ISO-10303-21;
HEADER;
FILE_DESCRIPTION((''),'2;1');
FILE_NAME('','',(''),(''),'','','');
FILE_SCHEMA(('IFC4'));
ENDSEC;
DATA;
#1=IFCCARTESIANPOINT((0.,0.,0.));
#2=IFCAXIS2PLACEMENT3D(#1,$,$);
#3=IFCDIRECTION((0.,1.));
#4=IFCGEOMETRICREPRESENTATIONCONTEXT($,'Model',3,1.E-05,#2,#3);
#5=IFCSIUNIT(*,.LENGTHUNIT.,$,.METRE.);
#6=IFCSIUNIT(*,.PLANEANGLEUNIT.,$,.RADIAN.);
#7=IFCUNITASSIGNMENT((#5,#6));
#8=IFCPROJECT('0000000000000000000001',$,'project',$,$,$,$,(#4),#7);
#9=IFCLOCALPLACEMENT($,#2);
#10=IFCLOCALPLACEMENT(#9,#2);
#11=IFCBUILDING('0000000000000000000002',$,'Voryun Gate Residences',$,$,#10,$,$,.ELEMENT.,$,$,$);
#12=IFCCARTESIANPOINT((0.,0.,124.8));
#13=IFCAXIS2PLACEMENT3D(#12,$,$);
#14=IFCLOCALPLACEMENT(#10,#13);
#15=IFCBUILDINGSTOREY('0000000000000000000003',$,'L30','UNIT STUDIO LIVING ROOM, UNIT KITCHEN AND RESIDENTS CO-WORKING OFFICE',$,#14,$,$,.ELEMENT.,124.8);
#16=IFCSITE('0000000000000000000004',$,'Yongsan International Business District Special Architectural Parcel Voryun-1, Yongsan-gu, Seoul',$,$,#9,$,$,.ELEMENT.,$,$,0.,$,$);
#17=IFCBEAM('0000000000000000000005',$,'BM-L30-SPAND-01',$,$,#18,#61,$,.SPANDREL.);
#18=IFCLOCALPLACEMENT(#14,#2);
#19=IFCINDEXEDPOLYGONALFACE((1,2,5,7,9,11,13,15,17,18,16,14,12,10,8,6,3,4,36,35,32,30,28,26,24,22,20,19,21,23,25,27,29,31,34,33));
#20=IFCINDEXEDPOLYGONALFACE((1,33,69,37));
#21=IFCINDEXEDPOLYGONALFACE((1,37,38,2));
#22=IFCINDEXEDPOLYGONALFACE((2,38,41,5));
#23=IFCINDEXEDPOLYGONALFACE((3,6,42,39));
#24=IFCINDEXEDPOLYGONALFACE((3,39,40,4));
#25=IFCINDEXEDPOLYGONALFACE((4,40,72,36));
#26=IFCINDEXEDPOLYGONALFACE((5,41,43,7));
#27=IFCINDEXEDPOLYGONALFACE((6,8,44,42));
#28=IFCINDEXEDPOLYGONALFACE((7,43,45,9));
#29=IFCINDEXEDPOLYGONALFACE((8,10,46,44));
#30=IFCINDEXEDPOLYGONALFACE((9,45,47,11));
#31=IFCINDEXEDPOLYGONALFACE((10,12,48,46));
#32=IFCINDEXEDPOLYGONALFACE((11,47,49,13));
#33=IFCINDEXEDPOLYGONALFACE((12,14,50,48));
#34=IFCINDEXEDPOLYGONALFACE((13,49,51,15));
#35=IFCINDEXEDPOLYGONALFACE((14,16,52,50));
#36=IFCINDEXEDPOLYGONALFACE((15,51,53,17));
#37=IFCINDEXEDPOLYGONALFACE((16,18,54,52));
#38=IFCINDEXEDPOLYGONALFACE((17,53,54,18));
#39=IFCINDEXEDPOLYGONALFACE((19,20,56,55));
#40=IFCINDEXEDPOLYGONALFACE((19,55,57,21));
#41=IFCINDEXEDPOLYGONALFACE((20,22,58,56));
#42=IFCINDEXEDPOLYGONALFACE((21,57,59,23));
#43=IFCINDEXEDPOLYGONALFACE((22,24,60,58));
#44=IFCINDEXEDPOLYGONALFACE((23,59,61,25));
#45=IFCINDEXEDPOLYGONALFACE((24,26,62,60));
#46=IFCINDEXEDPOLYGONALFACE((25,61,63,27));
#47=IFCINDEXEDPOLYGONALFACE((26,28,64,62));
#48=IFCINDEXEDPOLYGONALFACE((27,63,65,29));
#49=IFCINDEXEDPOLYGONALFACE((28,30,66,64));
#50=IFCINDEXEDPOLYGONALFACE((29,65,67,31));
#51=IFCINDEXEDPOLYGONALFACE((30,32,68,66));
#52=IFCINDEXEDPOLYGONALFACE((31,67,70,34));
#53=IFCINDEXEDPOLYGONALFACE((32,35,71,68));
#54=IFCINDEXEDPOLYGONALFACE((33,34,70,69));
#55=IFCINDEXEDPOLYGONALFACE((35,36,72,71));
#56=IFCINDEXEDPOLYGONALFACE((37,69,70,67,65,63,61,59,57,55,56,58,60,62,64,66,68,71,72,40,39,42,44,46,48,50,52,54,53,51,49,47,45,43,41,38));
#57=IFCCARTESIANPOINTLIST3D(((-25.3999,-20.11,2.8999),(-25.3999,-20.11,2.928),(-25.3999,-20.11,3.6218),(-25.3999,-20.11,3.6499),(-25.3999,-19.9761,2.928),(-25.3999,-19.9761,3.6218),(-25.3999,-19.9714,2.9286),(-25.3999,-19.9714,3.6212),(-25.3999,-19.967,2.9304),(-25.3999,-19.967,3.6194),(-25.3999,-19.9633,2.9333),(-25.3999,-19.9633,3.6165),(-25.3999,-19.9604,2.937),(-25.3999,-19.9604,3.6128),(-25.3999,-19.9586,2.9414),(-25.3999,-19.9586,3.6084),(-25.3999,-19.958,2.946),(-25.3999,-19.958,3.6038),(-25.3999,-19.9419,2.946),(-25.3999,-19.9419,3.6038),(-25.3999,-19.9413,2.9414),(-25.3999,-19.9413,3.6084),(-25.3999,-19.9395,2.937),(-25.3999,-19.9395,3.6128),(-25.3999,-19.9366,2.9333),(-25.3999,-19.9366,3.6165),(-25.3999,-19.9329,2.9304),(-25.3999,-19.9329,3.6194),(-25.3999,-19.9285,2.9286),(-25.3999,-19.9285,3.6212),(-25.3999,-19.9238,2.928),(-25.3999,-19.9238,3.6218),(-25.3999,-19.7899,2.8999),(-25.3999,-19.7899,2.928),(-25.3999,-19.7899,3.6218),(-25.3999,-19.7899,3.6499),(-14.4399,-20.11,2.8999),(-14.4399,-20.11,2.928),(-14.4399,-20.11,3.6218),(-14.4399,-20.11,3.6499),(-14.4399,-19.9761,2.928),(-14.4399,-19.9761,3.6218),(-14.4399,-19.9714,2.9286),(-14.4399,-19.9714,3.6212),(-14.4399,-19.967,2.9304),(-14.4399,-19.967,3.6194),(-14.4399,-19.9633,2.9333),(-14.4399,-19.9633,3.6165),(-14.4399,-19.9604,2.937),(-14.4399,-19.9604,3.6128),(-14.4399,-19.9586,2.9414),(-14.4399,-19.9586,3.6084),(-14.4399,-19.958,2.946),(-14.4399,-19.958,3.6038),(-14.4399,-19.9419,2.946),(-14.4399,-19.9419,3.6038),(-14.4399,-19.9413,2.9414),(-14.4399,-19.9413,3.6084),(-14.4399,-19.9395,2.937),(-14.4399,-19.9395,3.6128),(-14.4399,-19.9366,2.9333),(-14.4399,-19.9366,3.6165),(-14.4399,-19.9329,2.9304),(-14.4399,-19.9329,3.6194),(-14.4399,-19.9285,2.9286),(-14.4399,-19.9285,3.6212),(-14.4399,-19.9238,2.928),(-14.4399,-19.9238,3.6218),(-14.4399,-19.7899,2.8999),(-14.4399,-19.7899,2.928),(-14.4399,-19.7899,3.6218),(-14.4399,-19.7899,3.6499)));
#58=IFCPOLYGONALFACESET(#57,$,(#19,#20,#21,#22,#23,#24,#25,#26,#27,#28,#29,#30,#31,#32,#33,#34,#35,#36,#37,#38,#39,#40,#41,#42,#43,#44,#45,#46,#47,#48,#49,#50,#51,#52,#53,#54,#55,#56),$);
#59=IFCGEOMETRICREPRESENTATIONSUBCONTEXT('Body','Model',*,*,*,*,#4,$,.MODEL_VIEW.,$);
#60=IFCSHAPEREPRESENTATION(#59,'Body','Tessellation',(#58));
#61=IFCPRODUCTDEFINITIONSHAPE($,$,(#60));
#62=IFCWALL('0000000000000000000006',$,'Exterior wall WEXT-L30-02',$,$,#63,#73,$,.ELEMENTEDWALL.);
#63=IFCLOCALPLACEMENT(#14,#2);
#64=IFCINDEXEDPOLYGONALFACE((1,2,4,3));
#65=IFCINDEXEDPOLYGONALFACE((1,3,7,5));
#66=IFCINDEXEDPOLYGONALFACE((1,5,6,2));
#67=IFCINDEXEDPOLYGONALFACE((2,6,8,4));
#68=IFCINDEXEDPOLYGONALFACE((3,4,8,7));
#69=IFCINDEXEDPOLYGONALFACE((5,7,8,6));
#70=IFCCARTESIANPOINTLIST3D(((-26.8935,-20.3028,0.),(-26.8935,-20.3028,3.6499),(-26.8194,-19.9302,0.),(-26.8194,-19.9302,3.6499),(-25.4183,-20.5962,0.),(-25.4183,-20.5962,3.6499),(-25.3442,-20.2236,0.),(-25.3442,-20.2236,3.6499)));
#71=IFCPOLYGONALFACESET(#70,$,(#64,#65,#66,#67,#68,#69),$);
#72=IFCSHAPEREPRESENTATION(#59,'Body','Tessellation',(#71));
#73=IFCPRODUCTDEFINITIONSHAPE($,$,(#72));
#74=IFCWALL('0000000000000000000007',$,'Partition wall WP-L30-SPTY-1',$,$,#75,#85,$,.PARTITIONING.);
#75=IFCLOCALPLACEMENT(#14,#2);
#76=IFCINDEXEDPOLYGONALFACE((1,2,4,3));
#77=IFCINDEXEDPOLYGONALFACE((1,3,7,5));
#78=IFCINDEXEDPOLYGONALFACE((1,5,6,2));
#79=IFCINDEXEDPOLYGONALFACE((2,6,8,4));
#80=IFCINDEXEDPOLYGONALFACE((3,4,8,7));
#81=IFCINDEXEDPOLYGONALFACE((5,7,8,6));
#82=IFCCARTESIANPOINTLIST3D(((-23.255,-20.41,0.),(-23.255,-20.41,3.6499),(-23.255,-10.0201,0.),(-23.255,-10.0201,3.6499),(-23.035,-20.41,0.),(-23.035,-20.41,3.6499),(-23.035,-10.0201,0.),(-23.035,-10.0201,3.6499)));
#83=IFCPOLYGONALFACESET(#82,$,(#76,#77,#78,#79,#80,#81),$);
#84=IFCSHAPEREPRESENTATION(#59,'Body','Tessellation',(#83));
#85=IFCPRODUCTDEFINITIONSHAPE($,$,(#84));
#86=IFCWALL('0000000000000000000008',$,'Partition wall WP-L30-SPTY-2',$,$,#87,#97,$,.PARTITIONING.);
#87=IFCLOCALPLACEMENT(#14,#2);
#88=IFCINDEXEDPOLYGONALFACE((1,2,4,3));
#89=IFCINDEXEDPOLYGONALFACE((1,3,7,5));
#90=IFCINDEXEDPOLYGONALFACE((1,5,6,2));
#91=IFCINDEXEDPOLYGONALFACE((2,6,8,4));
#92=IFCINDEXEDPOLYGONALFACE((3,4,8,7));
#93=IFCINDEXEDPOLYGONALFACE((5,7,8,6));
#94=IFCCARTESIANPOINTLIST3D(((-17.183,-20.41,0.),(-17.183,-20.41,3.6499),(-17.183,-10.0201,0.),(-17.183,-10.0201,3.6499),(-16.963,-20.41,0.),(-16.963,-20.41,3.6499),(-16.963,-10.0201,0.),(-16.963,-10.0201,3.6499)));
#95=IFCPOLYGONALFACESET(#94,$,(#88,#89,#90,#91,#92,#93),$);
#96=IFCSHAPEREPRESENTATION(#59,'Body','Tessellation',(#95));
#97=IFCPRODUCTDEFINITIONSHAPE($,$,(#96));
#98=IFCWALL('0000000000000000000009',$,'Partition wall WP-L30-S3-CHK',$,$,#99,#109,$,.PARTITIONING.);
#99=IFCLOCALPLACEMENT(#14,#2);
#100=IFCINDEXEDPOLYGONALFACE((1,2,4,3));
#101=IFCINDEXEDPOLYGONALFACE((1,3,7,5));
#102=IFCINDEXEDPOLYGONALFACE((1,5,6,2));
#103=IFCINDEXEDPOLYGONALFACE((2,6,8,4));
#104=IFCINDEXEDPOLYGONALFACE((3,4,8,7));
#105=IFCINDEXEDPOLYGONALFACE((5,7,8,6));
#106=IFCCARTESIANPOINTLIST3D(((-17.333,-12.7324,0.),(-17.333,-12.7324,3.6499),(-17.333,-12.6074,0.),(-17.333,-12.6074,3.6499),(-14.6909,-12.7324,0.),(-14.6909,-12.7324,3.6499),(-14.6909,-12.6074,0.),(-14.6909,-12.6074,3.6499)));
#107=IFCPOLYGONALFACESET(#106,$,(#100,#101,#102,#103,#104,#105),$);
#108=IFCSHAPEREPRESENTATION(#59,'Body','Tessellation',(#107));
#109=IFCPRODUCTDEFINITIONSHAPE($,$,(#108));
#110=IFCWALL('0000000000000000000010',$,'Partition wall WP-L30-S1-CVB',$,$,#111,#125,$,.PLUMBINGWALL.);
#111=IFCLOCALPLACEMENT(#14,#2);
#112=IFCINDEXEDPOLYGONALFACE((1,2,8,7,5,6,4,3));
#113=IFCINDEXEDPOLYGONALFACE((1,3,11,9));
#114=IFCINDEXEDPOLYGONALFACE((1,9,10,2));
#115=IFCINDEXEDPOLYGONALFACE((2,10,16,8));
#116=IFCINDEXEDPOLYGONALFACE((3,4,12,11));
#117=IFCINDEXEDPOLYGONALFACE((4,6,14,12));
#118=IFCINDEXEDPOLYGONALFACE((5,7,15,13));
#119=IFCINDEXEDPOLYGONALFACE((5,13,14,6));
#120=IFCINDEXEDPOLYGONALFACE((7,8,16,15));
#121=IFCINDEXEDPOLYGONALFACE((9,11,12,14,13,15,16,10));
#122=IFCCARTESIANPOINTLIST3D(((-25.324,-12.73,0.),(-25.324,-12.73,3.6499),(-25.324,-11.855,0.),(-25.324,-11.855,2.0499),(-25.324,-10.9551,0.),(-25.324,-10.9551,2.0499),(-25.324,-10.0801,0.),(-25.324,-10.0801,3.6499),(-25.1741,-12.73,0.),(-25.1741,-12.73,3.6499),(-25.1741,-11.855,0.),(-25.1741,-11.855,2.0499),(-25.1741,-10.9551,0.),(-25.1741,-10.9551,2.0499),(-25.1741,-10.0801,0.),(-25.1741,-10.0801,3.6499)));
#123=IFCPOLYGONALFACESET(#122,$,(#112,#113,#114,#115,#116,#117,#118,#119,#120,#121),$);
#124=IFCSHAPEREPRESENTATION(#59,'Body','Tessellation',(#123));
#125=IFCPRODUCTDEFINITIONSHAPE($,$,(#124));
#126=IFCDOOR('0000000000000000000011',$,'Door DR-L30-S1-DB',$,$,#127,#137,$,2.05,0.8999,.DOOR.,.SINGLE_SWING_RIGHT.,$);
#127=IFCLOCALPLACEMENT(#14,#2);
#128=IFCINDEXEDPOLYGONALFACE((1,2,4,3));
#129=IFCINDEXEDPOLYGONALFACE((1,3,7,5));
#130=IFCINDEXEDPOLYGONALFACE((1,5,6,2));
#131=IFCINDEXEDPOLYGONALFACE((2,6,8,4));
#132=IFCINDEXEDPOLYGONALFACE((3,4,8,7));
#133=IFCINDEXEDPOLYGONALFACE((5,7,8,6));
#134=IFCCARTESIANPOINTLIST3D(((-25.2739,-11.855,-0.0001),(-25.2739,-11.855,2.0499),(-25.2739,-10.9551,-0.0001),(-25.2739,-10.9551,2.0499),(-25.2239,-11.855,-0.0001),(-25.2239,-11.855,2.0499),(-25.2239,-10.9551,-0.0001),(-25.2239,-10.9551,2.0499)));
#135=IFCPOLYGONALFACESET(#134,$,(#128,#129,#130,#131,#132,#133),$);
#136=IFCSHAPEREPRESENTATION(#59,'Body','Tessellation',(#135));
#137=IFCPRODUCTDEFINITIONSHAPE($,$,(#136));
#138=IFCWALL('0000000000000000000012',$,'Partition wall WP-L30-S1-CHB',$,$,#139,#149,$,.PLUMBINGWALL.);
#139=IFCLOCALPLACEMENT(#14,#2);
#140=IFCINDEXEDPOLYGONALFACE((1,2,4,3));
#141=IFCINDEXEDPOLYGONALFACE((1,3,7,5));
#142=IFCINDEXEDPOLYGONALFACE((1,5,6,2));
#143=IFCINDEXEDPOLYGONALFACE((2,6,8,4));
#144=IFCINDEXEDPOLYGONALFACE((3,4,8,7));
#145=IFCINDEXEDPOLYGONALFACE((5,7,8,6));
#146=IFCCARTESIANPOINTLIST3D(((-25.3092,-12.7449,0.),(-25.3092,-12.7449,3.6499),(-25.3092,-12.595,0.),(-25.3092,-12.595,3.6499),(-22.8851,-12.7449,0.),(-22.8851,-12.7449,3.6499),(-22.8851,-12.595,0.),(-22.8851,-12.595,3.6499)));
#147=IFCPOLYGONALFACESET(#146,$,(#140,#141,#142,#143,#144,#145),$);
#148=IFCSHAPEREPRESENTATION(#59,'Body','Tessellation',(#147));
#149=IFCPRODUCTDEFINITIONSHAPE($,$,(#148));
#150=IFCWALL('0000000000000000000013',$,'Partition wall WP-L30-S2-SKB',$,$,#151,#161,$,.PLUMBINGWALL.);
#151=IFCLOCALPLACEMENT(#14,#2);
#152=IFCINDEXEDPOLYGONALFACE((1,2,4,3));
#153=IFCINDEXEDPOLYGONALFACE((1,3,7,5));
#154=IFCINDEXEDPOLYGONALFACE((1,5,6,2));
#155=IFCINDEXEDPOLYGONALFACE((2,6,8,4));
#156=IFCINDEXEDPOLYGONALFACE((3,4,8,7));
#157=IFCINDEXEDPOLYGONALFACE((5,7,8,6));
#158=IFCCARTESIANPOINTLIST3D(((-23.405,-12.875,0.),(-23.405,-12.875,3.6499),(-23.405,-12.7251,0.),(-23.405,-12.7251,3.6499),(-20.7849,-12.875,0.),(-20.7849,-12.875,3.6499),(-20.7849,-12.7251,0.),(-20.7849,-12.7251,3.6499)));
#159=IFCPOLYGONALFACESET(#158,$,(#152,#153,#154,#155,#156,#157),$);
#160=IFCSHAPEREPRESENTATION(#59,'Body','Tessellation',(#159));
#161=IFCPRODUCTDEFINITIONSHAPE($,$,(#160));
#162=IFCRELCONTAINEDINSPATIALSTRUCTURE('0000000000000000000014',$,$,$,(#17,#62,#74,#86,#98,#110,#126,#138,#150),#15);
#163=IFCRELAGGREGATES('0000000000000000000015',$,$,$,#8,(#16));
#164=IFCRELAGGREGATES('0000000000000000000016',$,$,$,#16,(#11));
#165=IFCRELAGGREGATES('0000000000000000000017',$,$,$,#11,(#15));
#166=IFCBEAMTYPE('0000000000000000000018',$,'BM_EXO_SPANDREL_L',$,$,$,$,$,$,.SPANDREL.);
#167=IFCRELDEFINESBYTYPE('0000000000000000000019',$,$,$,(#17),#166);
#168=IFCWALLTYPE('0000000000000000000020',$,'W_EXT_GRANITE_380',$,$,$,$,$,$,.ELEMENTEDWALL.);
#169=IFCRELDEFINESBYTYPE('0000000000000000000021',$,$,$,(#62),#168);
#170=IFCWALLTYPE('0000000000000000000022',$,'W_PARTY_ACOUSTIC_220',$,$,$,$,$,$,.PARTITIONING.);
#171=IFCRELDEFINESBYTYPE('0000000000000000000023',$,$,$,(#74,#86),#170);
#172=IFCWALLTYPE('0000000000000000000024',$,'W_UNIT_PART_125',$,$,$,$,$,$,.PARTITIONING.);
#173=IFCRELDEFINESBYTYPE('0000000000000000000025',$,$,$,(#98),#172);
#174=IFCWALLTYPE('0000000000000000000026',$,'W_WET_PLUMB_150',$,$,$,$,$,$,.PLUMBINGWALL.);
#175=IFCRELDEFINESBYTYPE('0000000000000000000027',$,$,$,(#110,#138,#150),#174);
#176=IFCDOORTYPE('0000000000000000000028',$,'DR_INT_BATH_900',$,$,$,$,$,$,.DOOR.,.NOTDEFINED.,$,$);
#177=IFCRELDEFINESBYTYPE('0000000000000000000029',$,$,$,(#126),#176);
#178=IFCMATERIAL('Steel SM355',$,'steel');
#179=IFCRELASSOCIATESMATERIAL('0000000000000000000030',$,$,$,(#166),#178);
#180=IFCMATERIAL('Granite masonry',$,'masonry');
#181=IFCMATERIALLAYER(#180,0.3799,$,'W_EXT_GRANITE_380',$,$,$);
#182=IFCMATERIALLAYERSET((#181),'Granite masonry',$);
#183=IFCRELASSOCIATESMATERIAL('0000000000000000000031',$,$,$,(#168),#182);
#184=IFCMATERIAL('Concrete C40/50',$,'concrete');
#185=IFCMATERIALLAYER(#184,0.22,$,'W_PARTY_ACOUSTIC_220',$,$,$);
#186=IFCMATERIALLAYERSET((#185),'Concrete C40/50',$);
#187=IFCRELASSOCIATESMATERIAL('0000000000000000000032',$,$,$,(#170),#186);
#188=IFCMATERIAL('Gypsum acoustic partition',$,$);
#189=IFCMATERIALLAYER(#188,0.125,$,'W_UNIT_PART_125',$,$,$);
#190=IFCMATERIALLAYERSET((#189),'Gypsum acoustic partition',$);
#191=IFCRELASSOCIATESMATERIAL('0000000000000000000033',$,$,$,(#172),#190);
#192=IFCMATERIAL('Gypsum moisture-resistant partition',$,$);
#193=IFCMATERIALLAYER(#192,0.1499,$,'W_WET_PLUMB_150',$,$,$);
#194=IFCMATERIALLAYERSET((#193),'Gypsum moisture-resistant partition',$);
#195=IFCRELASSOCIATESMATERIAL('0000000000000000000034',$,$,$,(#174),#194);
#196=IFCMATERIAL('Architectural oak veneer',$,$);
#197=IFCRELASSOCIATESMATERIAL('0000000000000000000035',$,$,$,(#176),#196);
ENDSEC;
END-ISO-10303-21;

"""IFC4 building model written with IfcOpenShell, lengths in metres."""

from ifc_helpers import new_model, si_unit, direction, frame, frame_2d, origin, origin_2d, place, context, subcontext, project, spatial, rectangle, i_section, extrude, material, layer, layer_set, material_profile, profile_set, type_object, element, fill, save


model = new_model("IFC4")

# Units and contexts
model_context = context("Model", 3, precision=1e-05, world=origin(), true_north=direction((0.0, 1.0)))
body_context = subcontext(model_context, "Body", "Model", "MODEL_VIEW")
ifc_project = project(units=[si_unit("LENGTHUNIT", "METRE"), si_unit("PLANEANGLEUNIT", "RADIAN")], contexts=[model_context])

# Site, building, storey
site_placement = place(None, origin())
site = spatial("IfcSite", under=ifc_project, at=site_placement, Name="Yongsan International Business District Special Architectural Parcel Voryun-1, Yongsan-gu, Seoul", CompositionType="ELEMENT", RefElevation=0.0)
building_placement = place(site_placement, origin())
building = spatial("IfcBuilding", under=site, at=building_placement, Name="Voryun Gate Residences", CompositionType="ELEMENT")
storey_placement = place(building_placement, frame((0.0, 0.0, 124.8)))
storey = spatial("IfcBuildingStorey", under=building, at=storey_placement, Name="L30", Description="UNIT STUDIO LIVING ROOM, UNIT KITCHEN AND RESIDENTS CO-WORKING OFFICE", CompositionType="ELEMENT", Elevation=124.8)

# Beam
ifc_material_1 = material(Name="Steel SM355", Category="steel")
ifc_material_profile = material_profile(ifc_material_1, i_section(OverallWidth=0.3201, OverallDepth=0.75, WebThickness=0.0161, FlangeThickness=0.0281, FilletRadius=0.0181, at=origin_2d()), Name="H-750x320x16x28")
ifc_profile_set = profile_set([ifc_material_profile], Name="Steel SM355")
beam_type = type_object("IfcBeamType", Name="BM_EXO_SPANDREL_L", PredefinedType="SPANDREL", material=ifc_profile_set)
beam_placement = place(storey_placement, frame((-25.3999, -19.95, 3.2749), z_axis=(1.0, 0.0, 0.0), x_axis=(0.0, 1.0, 0.0)))
element("IfcBeam", 1, at=beam_placement, inside=storey, type_object=beam_type, Name="BM-L30-SPAND-01", PredefinedType="SPANDREL", context=body_context, shape_type="SweptSolid", body=[
    extrude(i_section(OverallWidth=0.3201, OverallDepth=0.75, WebThickness=0.0161, FlangeThickness=0.0281, FilletRadius=0.0181, at=origin_2d()), origin(), (0.0, 0.0, 1.0), 10.96),
])

# Walls
ifc_material_2 = material(Name="Granite masonry", Category="masonry")
ifc_layer_1 = layer(ifc_material_2, 0.3799, Name="W_EXT_GRANITE_380")
ifc_layer_set_1 = layer_set([ifc_layer_1], Name="Granite masonry")
wall_type_1 = type_object("IfcWallType", Name="W_EXT_GRANITE_380", PredefinedType="ELEMENTEDWALL", material=ifc_layer_set_1)
wall_1_placement = place(storey_placement, frame((-25.3813, -20.4099, 0.0), z_axis=(0.0, 0.0, 1.0), x_axis=(-0.980786, 0.195086, 0.0)))
element("IfcWall", 2, at=wall_1_placement, inside=storey, type_object=wall_type_1, Name="Exterior wall WEXT-L30-02", PredefinedType="ELEMENTEDWALL", context=body_context, shape_type="SweptSolid", body=[
    extrude(rectangle(XDim=1.5042, YDim=0.3799, at=frame_2d((0.752, 0.0))), origin(), (0.0, 0.0, 1.0), 3.6499),
])
ifc_material_3 = material(Name="Concrete C40/50", Category="concrete")
ifc_layer_2 = layer(ifc_material_3, 0.22, Name="W_PARTY_ACOUSTIC_220")
ifc_layer_set_2 = layer_set([ifc_layer_2], Name="Concrete C40/50")
wall_type_2 = type_object("IfcWallType", Name="W_PARTY_ACOUSTIC_220", PredefinedType="PARTITIONING", material=ifc_layer_set_2)
for number, where, z_axis, x_axis, name in (
    (3, (-23.145, -20.4099, 0.0), (0.0, 0.0, 1.0), (0.0, 1.0, 0.0), "Partition wall WP-L30-SPTY-1"),
    (4, (-17.073, -20.4099, 0.0), (0.0, 0.0, 1.0), (0.0, 1.0, 0.0), "Partition wall WP-L30-SPTY-2"),
):
    element("IfcWall", number, at=place(storey_placement, frame(where, z_axis=z_axis, x_axis=x_axis)), inside=storey, type_object=wall_type_2, Name=name, PredefinedType="PARTITIONING", context=body_context, shape_type="SweptSolid", body=[
        extrude(rectangle(XDim=10.3899, YDim=0.22, at=frame_2d((5.1948, 0.0))), origin(), (0.0, 0.0, 1.0), 3.6499),
    ])
ifc_material_4 = material(Name="Gypsum acoustic partition")
ifc_layer_3 = layer(ifc_material_4, 0.125, Name="W_UNIT_PART_125")
ifc_layer_set_3 = layer_set([ifc_layer_3], Name="Gypsum acoustic partition")
wall_type_3 = type_object("IfcWallType", Name="W_UNIT_PART_125", PredefinedType="PARTITIONING", material=ifc_layer_set_3)
wall_2_placement = place(storey_placement, frame((-17.333, -12.6699, 0.0), z_axis=(0.0, 0.0, 1.0), x_axis=(1.0, 0.0, 0.0)))
element("IfcWall", 5, at=wall_2_placement, inside=storey, type_object=wall_type_3, Name="Partition wall WP-L30-S3-CHK", PredefinedType="PARTITIONING", context=body_context, shape_type="SweptSolid", body=[
    extrude(rectangle(XDim=2.6421, YDim=0.125, at=frame_2d((1.321, 0.0))), origin(), (0.0, 0.0, 1.0), 3.6499),
])

# Wall, opening, door
ifc_material_5 = material(Name="Gypsum moisture-resistant partition")
ifc_layer_4 = layer(ifc_material_5, 0.1499, Name="W_WET_PLUMB_150")
ifc_layer_set_4 = layer_set([ifc_layer_4], Name="Gypsum moisture-resistant partition")
wall_type_4 = type_object("IfcWallType", Name="W_WET_PLUMB_150", PredefinedType="PLUMBINGWALL", material=ifc_layer_set_4)
wall_3_placement = place(storey_placement, frame((-25.249, -12.73, 0.0), z_axis=(0.0, 0.0, 1.0), x_axis=(0.0, 1.0, 0.0)))
wall_3 = element("IfcWall", 6, at=wall_3_placement, inside=storey, type_object=wall_type_4, Name="Partition wall WP-L30-S1-CVB", PredefinedType="PLUMBINGWALL", context=body_context, shape_type="SweptSolid", body=[
    extrude(rectangle(XDim=2.6499, YDim=0.1499, at=frame_2d((1.325, 0.0))), origin(), (0.0, 0.0, 1.0), 3.6499),
])
opening_1_placement = place(wall_3_placement, frame((0.875, 0.0, 0.0)))
opening_1 = element("IfcOpeningElement", 7, at=opening_1_placement, cuts=wall_3, PredefinedType="OPENING", context=body_context, shape_type="SweptSolid", body=[
    extrude(rectangle(XDim=0.8999, YDim=2.05, at=frame_2d((0.45, 1.0249))), frame((0.0, 0.085, 0.0), z_axis=(0.0, -1.0, 0.0), x_axis=(1.0, 0.0, 0.0)), (0.0, 0.0, 1.0), 0.1699),
])
ifc_material_6 = material(Name="Architectural oak veneer")
door_type = type_object("IfcDoorType", Name="DR_INT_BATH_900", OperationType="NOTDEFINED", PredefinedType="DOOR", material=ifc_material_6)
door_1_placement = place(opening_1_placement, origin())
door_1 = element("IfcDoor", 8, at=door_1_placement, inside=storey, type_object=door_type, Name="Door DR-L30-S1-DB", OperationType="SINGLE_SWING_RIGHT", OverallHeight=2.05, OverallWidth=0.8999, PredefinedType="DOOR", context=body_context, shape_type="SweptSolid", body=[
    extrude(rectangle(XDim=0.8999, YDim=2.05, at=frame_2d((0.45, 1.0249))), frame((0.0, 0.0249, 0.0), z_axis=(0.0, -1.0, 0.0), x_axis=(1.0, 0.0, 0.0)), (0.0, 0.0, 1.0), 0.05),
])
fill(opening_1, door_1)

# Walls
wall_4_placement = place(storey_placement, frame((-25.3091, -12.6699, 0.0), z_axis=(0.0, 0.0, 1.0), x_axis=(1.0, 0.0, 0.0)))
element("IfcWall", 9, at=wall_4_placement, inside=storey, type_object=wall_type_4, Name="Partition wall WP-L30-S1-CHB", PredefinedType="PLUMBINGWALL", context=body_context, shape_type="SweptSolid", body=[
    extrude(rectangle(XDim=2.4241, YDim=0.1499, at=frame_2d((1.2119, 0.0))), origin(), (0.0, 0.0, 1.0), 3.6499),
])
wall_5_placement = place(storey_placement, frame((-23.405, -12.8, 0.0), z_axis=(0.0, 0.0, 1.0), x_axis=(1.0, 0.0, 0.0)))
element("IfcWall", 10, at=wall_5_placement, inside=storey, type_object=wall_type_4, Name="Partition wall WP-L30-S2-SKB", PredefinedType="PLUMBINGWALL", context=body_context, shape_type="SweptSolid", body=[
    extrude(rectangle(XDim=2.6201, YDim=0.1499, at=frame_2d((1.3101, 0.0))), origin(), (0.0, 0.0, 1.0), 3.6499),
])

save(model, "model.ifc")
